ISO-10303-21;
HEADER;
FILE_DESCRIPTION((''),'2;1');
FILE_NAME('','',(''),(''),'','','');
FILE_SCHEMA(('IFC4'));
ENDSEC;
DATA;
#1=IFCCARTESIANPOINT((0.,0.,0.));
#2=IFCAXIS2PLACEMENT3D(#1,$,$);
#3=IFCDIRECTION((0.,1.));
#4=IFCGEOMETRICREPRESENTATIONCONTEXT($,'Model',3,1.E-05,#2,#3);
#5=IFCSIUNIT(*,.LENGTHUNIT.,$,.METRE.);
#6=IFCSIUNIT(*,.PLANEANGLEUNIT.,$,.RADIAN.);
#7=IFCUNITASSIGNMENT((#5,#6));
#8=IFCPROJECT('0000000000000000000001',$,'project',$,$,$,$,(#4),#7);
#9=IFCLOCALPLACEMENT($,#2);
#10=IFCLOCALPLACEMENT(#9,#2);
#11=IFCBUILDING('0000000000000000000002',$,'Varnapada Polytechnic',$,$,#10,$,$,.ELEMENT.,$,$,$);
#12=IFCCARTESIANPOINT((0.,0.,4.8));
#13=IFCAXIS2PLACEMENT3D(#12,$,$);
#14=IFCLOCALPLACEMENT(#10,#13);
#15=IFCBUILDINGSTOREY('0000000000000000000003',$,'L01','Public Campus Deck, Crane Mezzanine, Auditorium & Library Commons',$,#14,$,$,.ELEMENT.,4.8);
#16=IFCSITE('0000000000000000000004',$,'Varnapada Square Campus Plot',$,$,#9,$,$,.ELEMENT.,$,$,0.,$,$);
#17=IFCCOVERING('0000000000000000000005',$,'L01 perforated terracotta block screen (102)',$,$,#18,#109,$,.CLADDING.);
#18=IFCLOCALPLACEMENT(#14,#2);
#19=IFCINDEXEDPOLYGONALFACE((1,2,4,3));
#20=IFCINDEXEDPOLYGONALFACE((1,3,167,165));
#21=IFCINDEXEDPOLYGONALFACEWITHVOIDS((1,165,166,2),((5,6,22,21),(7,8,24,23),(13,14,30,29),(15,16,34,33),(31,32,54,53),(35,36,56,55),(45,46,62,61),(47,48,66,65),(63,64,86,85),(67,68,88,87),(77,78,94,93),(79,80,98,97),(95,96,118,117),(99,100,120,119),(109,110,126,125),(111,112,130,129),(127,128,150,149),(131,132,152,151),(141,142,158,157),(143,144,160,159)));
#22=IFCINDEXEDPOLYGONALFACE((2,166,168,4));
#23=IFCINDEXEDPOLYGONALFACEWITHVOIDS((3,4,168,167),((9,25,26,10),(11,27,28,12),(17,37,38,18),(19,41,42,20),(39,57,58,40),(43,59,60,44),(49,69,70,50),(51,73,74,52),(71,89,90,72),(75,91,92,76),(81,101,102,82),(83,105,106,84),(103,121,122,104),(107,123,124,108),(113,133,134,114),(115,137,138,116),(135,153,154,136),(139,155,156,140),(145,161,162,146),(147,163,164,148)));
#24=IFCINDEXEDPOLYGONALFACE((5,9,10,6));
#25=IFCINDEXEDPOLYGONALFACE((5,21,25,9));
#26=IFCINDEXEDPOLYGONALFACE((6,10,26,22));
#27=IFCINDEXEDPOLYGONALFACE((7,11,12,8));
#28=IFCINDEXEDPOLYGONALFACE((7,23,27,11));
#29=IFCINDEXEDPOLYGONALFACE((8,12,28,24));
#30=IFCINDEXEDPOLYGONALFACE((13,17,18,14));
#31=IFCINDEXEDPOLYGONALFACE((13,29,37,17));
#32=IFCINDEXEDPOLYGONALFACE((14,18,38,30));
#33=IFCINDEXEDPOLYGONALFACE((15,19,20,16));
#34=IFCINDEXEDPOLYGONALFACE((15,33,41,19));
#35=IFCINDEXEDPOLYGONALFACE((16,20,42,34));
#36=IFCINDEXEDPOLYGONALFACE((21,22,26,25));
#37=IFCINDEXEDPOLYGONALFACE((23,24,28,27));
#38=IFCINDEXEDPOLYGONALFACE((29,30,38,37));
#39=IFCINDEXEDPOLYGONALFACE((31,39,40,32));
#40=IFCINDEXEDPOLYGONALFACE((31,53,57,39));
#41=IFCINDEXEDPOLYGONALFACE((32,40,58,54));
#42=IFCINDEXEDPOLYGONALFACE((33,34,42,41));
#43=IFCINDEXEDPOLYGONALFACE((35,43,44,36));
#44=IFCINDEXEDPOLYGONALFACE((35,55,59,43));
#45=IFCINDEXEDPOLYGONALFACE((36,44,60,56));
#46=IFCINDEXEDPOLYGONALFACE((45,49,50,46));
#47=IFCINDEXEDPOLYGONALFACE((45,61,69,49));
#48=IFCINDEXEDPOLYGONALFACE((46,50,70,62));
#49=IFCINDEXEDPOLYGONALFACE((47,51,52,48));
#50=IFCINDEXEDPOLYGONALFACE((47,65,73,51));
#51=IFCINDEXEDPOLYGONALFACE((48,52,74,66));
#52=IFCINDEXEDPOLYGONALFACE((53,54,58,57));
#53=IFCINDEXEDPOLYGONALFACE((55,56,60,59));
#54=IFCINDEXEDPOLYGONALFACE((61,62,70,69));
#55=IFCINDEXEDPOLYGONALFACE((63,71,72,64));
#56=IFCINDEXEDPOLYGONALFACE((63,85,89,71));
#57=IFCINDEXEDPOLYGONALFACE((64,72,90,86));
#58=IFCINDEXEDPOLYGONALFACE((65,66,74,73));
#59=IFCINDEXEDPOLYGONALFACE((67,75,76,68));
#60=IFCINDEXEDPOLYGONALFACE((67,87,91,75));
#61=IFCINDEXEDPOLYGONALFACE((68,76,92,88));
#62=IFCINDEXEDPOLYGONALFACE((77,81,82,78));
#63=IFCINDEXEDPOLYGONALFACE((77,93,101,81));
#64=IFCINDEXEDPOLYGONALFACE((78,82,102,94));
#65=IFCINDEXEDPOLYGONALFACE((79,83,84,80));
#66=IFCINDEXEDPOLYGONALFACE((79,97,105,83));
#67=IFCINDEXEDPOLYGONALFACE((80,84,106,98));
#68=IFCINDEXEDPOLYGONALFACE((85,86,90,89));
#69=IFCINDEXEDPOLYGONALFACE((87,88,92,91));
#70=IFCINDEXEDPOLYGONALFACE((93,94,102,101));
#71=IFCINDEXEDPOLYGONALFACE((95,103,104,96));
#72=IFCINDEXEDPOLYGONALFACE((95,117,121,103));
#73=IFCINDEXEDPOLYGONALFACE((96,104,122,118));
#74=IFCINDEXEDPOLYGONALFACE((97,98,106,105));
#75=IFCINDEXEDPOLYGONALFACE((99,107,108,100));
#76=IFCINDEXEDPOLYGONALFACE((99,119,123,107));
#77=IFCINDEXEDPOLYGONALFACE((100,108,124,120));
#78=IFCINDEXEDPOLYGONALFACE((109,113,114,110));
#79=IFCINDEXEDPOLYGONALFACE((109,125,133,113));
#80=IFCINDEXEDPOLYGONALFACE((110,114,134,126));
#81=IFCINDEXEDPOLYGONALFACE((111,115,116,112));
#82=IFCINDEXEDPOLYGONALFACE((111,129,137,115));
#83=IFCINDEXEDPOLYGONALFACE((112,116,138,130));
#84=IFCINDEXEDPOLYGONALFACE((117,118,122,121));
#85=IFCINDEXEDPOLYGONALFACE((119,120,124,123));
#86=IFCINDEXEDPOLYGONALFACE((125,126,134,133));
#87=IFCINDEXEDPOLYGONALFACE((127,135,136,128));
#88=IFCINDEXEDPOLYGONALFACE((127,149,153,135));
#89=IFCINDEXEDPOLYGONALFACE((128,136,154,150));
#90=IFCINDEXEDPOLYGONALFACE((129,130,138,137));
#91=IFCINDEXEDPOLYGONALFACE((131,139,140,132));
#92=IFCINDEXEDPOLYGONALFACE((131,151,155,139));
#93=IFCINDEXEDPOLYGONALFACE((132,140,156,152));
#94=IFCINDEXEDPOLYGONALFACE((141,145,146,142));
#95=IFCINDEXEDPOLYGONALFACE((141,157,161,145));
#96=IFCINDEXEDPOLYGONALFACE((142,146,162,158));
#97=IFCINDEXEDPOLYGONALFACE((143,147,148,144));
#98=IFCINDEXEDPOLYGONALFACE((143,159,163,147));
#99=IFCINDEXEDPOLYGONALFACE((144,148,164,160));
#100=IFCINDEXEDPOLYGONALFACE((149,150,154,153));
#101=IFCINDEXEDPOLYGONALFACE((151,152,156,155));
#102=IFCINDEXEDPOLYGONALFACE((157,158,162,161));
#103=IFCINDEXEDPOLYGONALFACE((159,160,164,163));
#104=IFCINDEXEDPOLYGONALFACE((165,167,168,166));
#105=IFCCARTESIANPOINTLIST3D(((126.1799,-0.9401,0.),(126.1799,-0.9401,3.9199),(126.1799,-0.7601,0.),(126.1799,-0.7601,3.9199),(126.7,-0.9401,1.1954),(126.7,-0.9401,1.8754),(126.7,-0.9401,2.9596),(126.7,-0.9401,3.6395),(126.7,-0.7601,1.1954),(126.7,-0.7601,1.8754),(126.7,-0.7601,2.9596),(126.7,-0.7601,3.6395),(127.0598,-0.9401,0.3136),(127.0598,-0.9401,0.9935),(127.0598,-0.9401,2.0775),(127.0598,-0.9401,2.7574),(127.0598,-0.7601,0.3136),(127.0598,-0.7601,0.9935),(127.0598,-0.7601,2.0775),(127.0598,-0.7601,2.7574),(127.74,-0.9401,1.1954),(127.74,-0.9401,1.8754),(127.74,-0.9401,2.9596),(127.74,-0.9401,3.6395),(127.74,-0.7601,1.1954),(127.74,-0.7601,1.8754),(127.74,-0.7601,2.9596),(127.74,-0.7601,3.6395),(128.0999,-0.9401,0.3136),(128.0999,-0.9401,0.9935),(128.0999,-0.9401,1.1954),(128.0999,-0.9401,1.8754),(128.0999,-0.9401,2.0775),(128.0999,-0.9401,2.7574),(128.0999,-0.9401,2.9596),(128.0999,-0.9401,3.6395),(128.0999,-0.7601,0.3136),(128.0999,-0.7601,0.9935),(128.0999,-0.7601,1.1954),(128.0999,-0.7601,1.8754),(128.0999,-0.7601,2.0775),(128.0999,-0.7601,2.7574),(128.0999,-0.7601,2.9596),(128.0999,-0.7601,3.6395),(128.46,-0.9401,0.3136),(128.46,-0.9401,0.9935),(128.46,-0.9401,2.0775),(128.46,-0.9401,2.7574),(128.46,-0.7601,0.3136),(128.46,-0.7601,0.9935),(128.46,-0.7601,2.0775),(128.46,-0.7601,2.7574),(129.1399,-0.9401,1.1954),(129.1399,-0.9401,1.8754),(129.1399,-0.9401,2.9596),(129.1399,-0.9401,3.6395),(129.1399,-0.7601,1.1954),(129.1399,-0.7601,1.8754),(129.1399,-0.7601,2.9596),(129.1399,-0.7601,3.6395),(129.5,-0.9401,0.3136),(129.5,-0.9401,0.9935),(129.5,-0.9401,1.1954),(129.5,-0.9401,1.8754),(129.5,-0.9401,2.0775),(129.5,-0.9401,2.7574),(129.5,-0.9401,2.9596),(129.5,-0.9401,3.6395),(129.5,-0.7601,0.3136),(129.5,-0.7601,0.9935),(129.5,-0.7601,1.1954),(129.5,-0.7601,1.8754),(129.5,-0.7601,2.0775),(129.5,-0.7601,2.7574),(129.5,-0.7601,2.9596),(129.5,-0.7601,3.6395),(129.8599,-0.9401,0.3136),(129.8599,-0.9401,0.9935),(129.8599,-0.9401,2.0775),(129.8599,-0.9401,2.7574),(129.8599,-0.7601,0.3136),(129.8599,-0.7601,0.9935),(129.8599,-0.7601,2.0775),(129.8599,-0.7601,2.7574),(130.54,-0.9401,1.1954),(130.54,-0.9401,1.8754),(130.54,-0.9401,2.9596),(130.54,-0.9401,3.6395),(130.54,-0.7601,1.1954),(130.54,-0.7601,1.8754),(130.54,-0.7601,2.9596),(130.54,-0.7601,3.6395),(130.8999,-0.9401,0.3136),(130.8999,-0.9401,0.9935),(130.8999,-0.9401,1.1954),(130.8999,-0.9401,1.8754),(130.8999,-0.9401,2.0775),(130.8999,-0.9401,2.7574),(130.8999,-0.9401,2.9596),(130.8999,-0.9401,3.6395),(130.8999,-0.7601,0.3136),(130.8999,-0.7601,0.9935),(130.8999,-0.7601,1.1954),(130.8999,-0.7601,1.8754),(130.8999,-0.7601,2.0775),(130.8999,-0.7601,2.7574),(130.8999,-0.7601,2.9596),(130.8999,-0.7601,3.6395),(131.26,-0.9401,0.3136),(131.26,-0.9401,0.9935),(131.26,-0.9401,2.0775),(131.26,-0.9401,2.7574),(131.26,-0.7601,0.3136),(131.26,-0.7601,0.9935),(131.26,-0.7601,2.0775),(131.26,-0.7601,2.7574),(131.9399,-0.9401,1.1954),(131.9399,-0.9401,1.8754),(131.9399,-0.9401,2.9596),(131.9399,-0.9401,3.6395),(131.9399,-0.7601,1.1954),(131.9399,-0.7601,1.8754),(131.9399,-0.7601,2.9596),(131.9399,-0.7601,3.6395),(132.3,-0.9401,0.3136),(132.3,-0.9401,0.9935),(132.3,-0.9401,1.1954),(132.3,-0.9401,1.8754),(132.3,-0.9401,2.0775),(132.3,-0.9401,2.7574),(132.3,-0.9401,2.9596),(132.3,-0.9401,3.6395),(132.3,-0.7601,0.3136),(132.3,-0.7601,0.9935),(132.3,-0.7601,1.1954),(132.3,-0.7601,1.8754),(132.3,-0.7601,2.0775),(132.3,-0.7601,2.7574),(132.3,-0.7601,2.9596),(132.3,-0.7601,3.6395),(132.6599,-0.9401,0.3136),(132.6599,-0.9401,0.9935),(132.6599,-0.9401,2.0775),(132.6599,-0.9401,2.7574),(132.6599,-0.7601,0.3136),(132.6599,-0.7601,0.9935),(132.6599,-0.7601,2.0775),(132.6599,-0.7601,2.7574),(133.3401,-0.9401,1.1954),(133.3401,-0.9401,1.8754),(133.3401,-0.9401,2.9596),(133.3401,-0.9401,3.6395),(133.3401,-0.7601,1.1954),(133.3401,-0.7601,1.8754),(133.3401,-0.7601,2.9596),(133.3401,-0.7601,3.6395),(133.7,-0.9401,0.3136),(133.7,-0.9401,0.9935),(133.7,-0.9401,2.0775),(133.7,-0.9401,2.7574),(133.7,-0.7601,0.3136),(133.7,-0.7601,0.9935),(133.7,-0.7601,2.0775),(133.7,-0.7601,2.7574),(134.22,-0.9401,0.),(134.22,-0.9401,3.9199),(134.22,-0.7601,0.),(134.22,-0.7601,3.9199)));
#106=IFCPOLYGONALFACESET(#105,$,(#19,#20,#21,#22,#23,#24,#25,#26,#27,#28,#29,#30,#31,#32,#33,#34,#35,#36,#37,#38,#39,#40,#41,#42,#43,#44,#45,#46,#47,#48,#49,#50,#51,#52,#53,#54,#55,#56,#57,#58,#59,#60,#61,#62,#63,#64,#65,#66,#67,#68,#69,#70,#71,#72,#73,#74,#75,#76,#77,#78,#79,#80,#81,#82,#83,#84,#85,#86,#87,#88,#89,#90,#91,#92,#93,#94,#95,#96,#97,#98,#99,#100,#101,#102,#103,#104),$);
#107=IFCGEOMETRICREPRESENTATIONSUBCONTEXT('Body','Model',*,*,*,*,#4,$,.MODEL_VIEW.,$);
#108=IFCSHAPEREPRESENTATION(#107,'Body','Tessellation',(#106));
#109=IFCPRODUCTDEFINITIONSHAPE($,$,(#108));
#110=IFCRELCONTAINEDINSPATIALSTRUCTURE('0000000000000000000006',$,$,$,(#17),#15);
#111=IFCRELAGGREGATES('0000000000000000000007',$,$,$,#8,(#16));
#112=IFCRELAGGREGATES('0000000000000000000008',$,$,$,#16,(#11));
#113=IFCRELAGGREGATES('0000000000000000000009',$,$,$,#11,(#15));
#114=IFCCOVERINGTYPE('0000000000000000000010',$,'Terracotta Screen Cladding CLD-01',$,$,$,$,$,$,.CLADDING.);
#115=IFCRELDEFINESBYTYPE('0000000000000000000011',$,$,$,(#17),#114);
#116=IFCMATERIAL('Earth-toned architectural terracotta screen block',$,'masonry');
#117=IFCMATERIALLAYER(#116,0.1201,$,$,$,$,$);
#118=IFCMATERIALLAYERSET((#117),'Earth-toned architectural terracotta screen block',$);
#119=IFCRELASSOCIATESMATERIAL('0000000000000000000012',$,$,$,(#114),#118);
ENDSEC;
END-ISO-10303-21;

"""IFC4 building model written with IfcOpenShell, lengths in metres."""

from ifc_helpers import new_model, si_unit, direction, frame, frame_2d, origin, place, context, subcontext, project, spatial, rectangle, extrude, material, layer, layer_set, type_object, element, save


model = new_model("IFC4")

# Units and contexts
model_context = context("Model", 3, precision=1e-05, world=origin(), true_north=direction((0.0, 1.0)))
body_context = subcontext(model_context, "Body", "Model", "MODEL_VIEW")
ifc_project = project(units=[si_unit("LENGTHUNIT", "METRE"), si_unit("PLANEANGLEUNIT", "RADIAN")], contexts=[model_context])

# Site, building, storey
site_placement = place(None, origin())
site = spatial("IfcSite", under=ifc_project, at=site_placement, Name="Varnapada Square Campus Plot", CompositionType="ELEMENT", RefElevation=0.0)
building_placement = place(site_placement, origin())
building = spatial("IfcBuilding", under=site, at=building_placement, Name="Varnapada Polytechnic", CompositionType="ELEMENT")
storey_placement = place(building_placement, frame((0.0, 0.0, 4.8)))
storey = spatial("IfcBuildingStorey", under=building, at=storey_placement, Name="L01", Description="Public Campus Deck, Crane Mezzanine, Auditorium & Library Commons", CompositionType="ELEMENT", Elevation=4.8)

# Covering, openings
ifc_material_1 = material(Name="Earth-toned architectural terracotta screen block", Category="masonry")
ifc_layer_1 = layer(ifc_material_1, 0.1201)
ifc_layer_set_1 = layer_set([ifc_layer_1], Name="Earth-toned architectural terracotta screen block")
covering_type = type_object("IfcCoveringType", Name="Terracotta Screen Cladding CLD-01", PredefinedType="CLADDING", material=ifc_layer_set_1)
covering_placement = place(storey_placement, frame((134.22, -0.8501, 0.0), z_axis=(0.0, 0.0, 1.0), x_axis=(-1.0, 0.0, 0.0)))
covering = element("IfcCovering", 1, at=covering_placement, inside=storey, type_object=covering_type, Name="L01 perforated terracotta block screen (102)", PredefinedType="CLADDING", context=body_context, shape_type="SweptSolid", body=[
    extrude(rectangle(XDim=8.04, YDim=0.1799, at=frame_2d((4.02, 0.0))), origin(), (0.0, 0.0, 1.0), 3.9199),
])
opening_1_placement = place(covering_placement, frame((0.52, 0.0, 0.3137)))
element("IfcOpeningElement", 2, at=opening_1_placement, cuts=covering, PredefinedType="OPENING", context=body_context, shape_type="SweptSolid", body=[
    extrude(rectangle(XDim=1.04, YDim=0.6799, at=frame_2d((0.52, 0.3398))), frame((0.0, 0.0999, 0.0), z_axis=(0.0, -1.0, 0.0), x_axis=(1.0, 0.0, 0.0)), (0.0, 0.0, 1.0), 0.2),
])
opening_2_placement = place(covering_placement, frame((1.9199, 0.0, 0.3137)))
element("IfcOpeningElement", 3, at=opening_2_placement, cuts=covering, PredefinedType="OPENING", context=body_context, shape_type="SweptSolid", body=[
    extrude(rectangle(XDim=1.04, YDim=0.6799, at=frame_2d((0.52, 0.3398))), frame((0.0, 0.0999, 0.0), z_axis=(0.0, -1.0, 0.0), x_axis=(1.0, 0.0, 0.0)), (0.0, 0.0, 1.0), 0.2),
])
opening_3_placement = place(covering_placement, frame((3.3201, 0.0, 0.3137)))
element("IfcOpeningElement", 4, at=opening_3_placement, cuts=covering, PredefinedType="OPENING", context=body_context, shape_type="SweptSolid", body=[
    extrude(rectangle(XDim=1.04, YDim=0.6799, at=frame_2d((0.52, 0.3398))), frame((0.0, 0.0999, 0.0), z_axis=(0.0, -1.0, 0.0), x_axis=(1.0, 0.0, 0.0)), (0.0, 0.0, 1.0), 0.2),
])
opening_4_placement = place(covering_placement, frame((4.72, 0.0, 0.3137)))
element("IfcOpeningElement", 5, at=opening_4_placement, cuts=covering, PredefinedType="OPENING", context=body_context, shape_type="SweptSolid", body=[
    extrude(rectangle(XDim=1.04, YDim=0.6799, at=frame_2d((0.52, 0.3398))), frame((0.0, 0.0999, 0.0), z_axis=(0.0, -1.0, 0.0), x_axis=(1.0, 0.0, 0.0)), (0.0, 0.0, 1.0), 0.2),
])
opening_5_placement = place(covering_placement, frame((6.1201, 0.0, 0.3137)))
element("IfcOpeningElement", 6, at=opening_5_placement, cuts=covering, PredefinedType="OPENING", context=body_context, shape_type="SweptSolid", body=[
    extrude(rectangle(XDim=1.04, YDim=0.6799, at=frame_2d((0.52, 0.3398))), frame((0.0, 0.0999, 0.0), z_axis=(0.0, -1.0, 0.0), x_axis=(1.0, 0.0, 0.0)), (0.0, 0.0, 1.0), 0.2),
])
opening_6_placement = place(covering_placement, frame((0.8799, 0.0, 1.1956)))
element("IfcOpeningElement", 7, at=opening_6_placement, cuts=covering, PredefinedType="OPENING", context=body_context, shape_type="SweptSolid", body=[
    extrude(rectangle(XDim=1.04, YDim=0.6799, at=frame_2d((0.52, 0.3398))), frame((0.0, 0.0999, 0.0), z_axis=(0.0, -1.0, 0.0), x_axis=(1.0, 0.0, 0.0)), (0.0, 0.0, 1.0), 0.2),
])
opening_7_placement = place(covering_placement, frame((2.28, 0.0, 1.1956)))
element("IfcOpeningElement", 8, at=opening_7_placement, cuts=covering, PredefinedType="OPENING", context=body_context, shape_type="SweptSolid", body=[
    extrude(rectangle(XDim=1.04, YDim=0.6799, at=frame_2d((0.52, 0.3398))), frame((0.0, 0.0999, 0.0), z_axis=(0.0, -1.0, 0.0), x_axis=(1.0, 0.0, 0.0)), (0.0, 0.0, 1.0), 0.2),
])
opening_8_placement = place(covering_placement, frame((3.6799, 0.0, 1.1956)))
element("IfcOpeningElement", 9, at=opening_8_placement, cuts=covering, PredefinedType="OPENING", context=body_context, shape_type="SweptSolid", body=[
    extrude(rectangle(XDim=1.04, YDim=0.6799, at=frame_2d((0.52, 0.3398))), frame((0.0, 0.0999, 0.0), z_axis=(0.0, -1.0, 0.0), x_axis=(1.0, 0.0, 0.0)), (0.0, 0.0, 1.0), 0.2),
])
opening_9_placement = place(covering_placement, frame((5.0801, 0.0, 1.1956)))
element("IfcOpeningElement", 10, at=opening_9_placement, cuts=covering, PredefinedType="OPENING", context=body_context, shape_type="SweptSolid", body=[
    extrude(rectangle(XDim=1.04, YDim=0.6799, at=frame_2d((0.52, 0.3398))), frame((0.0, 0.0999, 0.0), z_axis=(0.0, -1.0, 0.0), x_axis=(1.0, 0.0, 0.0)), (0.0, 0.0, 1.0), 0.2),
])
opening_10_placement = place(covering_placement, frame((6.48, 0.0, 1.1956)))
element("IfcOpeningElement", 11, at=opening_10_placement, cuts=covering, PredefinedType="OPENING", context=body_context, shape_type="SweptSolid", body=[
    extrude(rectangle(XDim=1.04, YDim=0.6799, at=frame_2d((0.52, 0.3398))), frame((0.0, 0.0999, 0.0), z_axis=(0.0, -1.0, 0.0), x_axis=(1.0, 0.0, 0.0)), (0.0, 0.0, 1.0), 0.2),
])
opening_11_placement = place(covering_placement, frame((0.52, 0.0, 2.0776)))
element("IfcOpeningElement", 12, at=opening_11_placement, cuts=covering, PredefinedType="OPENING", context=body_context, shape_type="SweptSolid", body=[
    extrude(rectangle(XDim=1.04, YDim=0.6799, at=frame_2d((0.52, 0.3398))), frame((0.0, 0.0999, 0.0), z_axis=(0.0, -1.0, 0.0), x_axis=(1.0, 0.0, 0.0)), (0.0, 0.0, 1.0), 0.2),
])
opening_12_placement = place(covering_placement, frame((1.9199, 0.0, 2.0776)))
element("IfcOpeningElement", 13, at=opening_12_placement, cuts=covering, PredefinedType="OPENING", context=body_context, shape_type="SweptSolid", body=[
    extrude(rectangle(XDim=1.04, YDim=0.6799, at=frame_2d((0.52, 0.3398))), frame((0.0, 0.0999, 0.0), z_axis=(0.0, -1.0, 0.0), x_axis=(1.0, 0.0, 0.0)), (0.0, 0.0, 1.0), 0.2),
])
opening_13_placement = place(covering_placement, frame((3.3201, 0.0, 2.0776)))
element("IfcOpeningElement", 14, at=opening_13_placement, cuts=covering, PredefinedType="OPENING", context=body_context, shape_type="SweptSolid", body=[
    extrude(rectangle(XDim=1.04, YDim=0.6799, at=frame_2d((0.52, 0.3398))), frame((0.0, 0.0999, 0.0), z_axis=(0.0, -1.0, 0.0), x_axis=(1.0, 0.0, 0.0)), (0.0, 0.0, 1.0), 0.2),
])
opening_14_placement = place(covering_placement, frame((4.72, 0.0, 2.0776)))
element("IfcOpeningElement", 15, at=opening_14_placement, cuts=covering, PredefinedType="OPENING", context=body_context, shape_type="SweptSolid", body=[
    extrude(rectangle(XDim=1.04, YDim=0.6799, at=frame_2d((0.52, 0.3398))), frame((0.0, 0.0999, 0.0), z_axis=(0.0, -1.0, 0.0), x_axis=(1.0, 0.0, 0.0)), (0.0, 0.0, 1.0), 0.2),
])
opening_15_placement = place(covering_placement, frame((6.1201, 0.0, 2.0776)))
element("IfcOpeningElement", 16, at=opening_15_placement, cuts=covering, PredefinedType="OPENING", context=body_context, shape_type="SweptSolid", body=[
    extrude(rectangle(XDim=1.04, YDim=0.6799, at=frame_2d((0.52, 0.3398))), frame((0.0, 0.0999, 0.0), z_axis=(0.0, -1.0, 0.0), x_axis=(1.0, 0.0, 0.0)), (0.0, 0.0, 1.0), 0.2),
])
opening_16_placement = place(covering_placement, frame((0.8799, 0.0, 2.9597)))
element("IfcOpeningElement", 17, at=opening_16_placement, cuts=covering, PredefinedType="OPENING", context=body_context, shape_type="SweptSolid", body=[
    extrude(rectangle(XDim=1.04, YDim=0.6799, at=frame_2d((0.52, 0.3398))), frame((0.0, 0.0999, 0.0), z_axis=(0.0, -1.0, 0.0), x_axis=(1.0, 0.0, 0.0)), (0.0, 0.0, 1.0), 0.2),
])
opening_17_placement = place(covering_placement, frame((2.28, 0.0, 2.9597)))
element("IfcOpeningElement", 18, at=opening_17_placement, cuts=covering, PredefinedType="OPENING", context=body_context, shape_type="SweptSolid", body=[
    extrude(rectangle(XDim=1.04, YDim=0.6799, at=frame_2d((0.52, 0.3398))), frame((0.0, 0.0999, 0.0), z_axis=(0.0, -1.0, 0.0), x_axis=(1.0, 0.0, 0.0)), (0.0, 0.0, 1.0), 0.2),
])
opening_18_placement = place(covering_placement, frame((3.6799, 0.0, 2.9597)))
element("IfcOpeningElement", 19, at=opening_18_placement, cuts=covering, PredefinedType="OPENING", context=body_context, shape_type="SweptSolid", body=[
    extrude(rectangle(XDim=1.04, YDim=0.6799, at=frame_2d((0.52, 0.3398))), frame((0.0, 0.0999, 0.0), z_axis=(0.0, -1.0, 0.0), x_axis=(1.0, 0.0, 0.0)), (0.0, 0.0, 1.0), 0.2),
])
opening_19_placement = place(covering_placement, frame((5.0801, 0.0, 2.9597)))
element("IfcOpeningElement", 20, at=opening_19_placement, cuts=covering, PredefinedType="OPENING", context=body_context, shape_type="SweptSolid", body=[
    extrude(rectangle(XDim=1.04, YDim=0.6799, at=frame_2d((0.52, 0.3398))), frame((0.0, 0.0999, 0.0), z_axis=(0.0, -1.0, 0.0), x_axis=(1.0, 0.0, 0.0)), (0.0, 0.0, 1.0), 0.2),
])
opening_20_placement = place(covering_placement, frame((6.48, 0.0, 2.9597)))
element("IfcOpeningElement", 21, at=opening_20_placement, cuts=covering, PredefinedType="OPENING", context=body_context, shape_type="SweptSolid", body=[
    extrude(rectangle(XDim=1.04, YDim=0.6799, at=frame_2d((0.52, 0.3398))), frame((0.0, 0.0999, 0.0), z_axis=(0.0, -1.0, 0.0), x_axis=(1.0, 0.0, 0.0)), (0.0, 0.0, 1.0), 0.2),
])

save(model, "model.ifc")
